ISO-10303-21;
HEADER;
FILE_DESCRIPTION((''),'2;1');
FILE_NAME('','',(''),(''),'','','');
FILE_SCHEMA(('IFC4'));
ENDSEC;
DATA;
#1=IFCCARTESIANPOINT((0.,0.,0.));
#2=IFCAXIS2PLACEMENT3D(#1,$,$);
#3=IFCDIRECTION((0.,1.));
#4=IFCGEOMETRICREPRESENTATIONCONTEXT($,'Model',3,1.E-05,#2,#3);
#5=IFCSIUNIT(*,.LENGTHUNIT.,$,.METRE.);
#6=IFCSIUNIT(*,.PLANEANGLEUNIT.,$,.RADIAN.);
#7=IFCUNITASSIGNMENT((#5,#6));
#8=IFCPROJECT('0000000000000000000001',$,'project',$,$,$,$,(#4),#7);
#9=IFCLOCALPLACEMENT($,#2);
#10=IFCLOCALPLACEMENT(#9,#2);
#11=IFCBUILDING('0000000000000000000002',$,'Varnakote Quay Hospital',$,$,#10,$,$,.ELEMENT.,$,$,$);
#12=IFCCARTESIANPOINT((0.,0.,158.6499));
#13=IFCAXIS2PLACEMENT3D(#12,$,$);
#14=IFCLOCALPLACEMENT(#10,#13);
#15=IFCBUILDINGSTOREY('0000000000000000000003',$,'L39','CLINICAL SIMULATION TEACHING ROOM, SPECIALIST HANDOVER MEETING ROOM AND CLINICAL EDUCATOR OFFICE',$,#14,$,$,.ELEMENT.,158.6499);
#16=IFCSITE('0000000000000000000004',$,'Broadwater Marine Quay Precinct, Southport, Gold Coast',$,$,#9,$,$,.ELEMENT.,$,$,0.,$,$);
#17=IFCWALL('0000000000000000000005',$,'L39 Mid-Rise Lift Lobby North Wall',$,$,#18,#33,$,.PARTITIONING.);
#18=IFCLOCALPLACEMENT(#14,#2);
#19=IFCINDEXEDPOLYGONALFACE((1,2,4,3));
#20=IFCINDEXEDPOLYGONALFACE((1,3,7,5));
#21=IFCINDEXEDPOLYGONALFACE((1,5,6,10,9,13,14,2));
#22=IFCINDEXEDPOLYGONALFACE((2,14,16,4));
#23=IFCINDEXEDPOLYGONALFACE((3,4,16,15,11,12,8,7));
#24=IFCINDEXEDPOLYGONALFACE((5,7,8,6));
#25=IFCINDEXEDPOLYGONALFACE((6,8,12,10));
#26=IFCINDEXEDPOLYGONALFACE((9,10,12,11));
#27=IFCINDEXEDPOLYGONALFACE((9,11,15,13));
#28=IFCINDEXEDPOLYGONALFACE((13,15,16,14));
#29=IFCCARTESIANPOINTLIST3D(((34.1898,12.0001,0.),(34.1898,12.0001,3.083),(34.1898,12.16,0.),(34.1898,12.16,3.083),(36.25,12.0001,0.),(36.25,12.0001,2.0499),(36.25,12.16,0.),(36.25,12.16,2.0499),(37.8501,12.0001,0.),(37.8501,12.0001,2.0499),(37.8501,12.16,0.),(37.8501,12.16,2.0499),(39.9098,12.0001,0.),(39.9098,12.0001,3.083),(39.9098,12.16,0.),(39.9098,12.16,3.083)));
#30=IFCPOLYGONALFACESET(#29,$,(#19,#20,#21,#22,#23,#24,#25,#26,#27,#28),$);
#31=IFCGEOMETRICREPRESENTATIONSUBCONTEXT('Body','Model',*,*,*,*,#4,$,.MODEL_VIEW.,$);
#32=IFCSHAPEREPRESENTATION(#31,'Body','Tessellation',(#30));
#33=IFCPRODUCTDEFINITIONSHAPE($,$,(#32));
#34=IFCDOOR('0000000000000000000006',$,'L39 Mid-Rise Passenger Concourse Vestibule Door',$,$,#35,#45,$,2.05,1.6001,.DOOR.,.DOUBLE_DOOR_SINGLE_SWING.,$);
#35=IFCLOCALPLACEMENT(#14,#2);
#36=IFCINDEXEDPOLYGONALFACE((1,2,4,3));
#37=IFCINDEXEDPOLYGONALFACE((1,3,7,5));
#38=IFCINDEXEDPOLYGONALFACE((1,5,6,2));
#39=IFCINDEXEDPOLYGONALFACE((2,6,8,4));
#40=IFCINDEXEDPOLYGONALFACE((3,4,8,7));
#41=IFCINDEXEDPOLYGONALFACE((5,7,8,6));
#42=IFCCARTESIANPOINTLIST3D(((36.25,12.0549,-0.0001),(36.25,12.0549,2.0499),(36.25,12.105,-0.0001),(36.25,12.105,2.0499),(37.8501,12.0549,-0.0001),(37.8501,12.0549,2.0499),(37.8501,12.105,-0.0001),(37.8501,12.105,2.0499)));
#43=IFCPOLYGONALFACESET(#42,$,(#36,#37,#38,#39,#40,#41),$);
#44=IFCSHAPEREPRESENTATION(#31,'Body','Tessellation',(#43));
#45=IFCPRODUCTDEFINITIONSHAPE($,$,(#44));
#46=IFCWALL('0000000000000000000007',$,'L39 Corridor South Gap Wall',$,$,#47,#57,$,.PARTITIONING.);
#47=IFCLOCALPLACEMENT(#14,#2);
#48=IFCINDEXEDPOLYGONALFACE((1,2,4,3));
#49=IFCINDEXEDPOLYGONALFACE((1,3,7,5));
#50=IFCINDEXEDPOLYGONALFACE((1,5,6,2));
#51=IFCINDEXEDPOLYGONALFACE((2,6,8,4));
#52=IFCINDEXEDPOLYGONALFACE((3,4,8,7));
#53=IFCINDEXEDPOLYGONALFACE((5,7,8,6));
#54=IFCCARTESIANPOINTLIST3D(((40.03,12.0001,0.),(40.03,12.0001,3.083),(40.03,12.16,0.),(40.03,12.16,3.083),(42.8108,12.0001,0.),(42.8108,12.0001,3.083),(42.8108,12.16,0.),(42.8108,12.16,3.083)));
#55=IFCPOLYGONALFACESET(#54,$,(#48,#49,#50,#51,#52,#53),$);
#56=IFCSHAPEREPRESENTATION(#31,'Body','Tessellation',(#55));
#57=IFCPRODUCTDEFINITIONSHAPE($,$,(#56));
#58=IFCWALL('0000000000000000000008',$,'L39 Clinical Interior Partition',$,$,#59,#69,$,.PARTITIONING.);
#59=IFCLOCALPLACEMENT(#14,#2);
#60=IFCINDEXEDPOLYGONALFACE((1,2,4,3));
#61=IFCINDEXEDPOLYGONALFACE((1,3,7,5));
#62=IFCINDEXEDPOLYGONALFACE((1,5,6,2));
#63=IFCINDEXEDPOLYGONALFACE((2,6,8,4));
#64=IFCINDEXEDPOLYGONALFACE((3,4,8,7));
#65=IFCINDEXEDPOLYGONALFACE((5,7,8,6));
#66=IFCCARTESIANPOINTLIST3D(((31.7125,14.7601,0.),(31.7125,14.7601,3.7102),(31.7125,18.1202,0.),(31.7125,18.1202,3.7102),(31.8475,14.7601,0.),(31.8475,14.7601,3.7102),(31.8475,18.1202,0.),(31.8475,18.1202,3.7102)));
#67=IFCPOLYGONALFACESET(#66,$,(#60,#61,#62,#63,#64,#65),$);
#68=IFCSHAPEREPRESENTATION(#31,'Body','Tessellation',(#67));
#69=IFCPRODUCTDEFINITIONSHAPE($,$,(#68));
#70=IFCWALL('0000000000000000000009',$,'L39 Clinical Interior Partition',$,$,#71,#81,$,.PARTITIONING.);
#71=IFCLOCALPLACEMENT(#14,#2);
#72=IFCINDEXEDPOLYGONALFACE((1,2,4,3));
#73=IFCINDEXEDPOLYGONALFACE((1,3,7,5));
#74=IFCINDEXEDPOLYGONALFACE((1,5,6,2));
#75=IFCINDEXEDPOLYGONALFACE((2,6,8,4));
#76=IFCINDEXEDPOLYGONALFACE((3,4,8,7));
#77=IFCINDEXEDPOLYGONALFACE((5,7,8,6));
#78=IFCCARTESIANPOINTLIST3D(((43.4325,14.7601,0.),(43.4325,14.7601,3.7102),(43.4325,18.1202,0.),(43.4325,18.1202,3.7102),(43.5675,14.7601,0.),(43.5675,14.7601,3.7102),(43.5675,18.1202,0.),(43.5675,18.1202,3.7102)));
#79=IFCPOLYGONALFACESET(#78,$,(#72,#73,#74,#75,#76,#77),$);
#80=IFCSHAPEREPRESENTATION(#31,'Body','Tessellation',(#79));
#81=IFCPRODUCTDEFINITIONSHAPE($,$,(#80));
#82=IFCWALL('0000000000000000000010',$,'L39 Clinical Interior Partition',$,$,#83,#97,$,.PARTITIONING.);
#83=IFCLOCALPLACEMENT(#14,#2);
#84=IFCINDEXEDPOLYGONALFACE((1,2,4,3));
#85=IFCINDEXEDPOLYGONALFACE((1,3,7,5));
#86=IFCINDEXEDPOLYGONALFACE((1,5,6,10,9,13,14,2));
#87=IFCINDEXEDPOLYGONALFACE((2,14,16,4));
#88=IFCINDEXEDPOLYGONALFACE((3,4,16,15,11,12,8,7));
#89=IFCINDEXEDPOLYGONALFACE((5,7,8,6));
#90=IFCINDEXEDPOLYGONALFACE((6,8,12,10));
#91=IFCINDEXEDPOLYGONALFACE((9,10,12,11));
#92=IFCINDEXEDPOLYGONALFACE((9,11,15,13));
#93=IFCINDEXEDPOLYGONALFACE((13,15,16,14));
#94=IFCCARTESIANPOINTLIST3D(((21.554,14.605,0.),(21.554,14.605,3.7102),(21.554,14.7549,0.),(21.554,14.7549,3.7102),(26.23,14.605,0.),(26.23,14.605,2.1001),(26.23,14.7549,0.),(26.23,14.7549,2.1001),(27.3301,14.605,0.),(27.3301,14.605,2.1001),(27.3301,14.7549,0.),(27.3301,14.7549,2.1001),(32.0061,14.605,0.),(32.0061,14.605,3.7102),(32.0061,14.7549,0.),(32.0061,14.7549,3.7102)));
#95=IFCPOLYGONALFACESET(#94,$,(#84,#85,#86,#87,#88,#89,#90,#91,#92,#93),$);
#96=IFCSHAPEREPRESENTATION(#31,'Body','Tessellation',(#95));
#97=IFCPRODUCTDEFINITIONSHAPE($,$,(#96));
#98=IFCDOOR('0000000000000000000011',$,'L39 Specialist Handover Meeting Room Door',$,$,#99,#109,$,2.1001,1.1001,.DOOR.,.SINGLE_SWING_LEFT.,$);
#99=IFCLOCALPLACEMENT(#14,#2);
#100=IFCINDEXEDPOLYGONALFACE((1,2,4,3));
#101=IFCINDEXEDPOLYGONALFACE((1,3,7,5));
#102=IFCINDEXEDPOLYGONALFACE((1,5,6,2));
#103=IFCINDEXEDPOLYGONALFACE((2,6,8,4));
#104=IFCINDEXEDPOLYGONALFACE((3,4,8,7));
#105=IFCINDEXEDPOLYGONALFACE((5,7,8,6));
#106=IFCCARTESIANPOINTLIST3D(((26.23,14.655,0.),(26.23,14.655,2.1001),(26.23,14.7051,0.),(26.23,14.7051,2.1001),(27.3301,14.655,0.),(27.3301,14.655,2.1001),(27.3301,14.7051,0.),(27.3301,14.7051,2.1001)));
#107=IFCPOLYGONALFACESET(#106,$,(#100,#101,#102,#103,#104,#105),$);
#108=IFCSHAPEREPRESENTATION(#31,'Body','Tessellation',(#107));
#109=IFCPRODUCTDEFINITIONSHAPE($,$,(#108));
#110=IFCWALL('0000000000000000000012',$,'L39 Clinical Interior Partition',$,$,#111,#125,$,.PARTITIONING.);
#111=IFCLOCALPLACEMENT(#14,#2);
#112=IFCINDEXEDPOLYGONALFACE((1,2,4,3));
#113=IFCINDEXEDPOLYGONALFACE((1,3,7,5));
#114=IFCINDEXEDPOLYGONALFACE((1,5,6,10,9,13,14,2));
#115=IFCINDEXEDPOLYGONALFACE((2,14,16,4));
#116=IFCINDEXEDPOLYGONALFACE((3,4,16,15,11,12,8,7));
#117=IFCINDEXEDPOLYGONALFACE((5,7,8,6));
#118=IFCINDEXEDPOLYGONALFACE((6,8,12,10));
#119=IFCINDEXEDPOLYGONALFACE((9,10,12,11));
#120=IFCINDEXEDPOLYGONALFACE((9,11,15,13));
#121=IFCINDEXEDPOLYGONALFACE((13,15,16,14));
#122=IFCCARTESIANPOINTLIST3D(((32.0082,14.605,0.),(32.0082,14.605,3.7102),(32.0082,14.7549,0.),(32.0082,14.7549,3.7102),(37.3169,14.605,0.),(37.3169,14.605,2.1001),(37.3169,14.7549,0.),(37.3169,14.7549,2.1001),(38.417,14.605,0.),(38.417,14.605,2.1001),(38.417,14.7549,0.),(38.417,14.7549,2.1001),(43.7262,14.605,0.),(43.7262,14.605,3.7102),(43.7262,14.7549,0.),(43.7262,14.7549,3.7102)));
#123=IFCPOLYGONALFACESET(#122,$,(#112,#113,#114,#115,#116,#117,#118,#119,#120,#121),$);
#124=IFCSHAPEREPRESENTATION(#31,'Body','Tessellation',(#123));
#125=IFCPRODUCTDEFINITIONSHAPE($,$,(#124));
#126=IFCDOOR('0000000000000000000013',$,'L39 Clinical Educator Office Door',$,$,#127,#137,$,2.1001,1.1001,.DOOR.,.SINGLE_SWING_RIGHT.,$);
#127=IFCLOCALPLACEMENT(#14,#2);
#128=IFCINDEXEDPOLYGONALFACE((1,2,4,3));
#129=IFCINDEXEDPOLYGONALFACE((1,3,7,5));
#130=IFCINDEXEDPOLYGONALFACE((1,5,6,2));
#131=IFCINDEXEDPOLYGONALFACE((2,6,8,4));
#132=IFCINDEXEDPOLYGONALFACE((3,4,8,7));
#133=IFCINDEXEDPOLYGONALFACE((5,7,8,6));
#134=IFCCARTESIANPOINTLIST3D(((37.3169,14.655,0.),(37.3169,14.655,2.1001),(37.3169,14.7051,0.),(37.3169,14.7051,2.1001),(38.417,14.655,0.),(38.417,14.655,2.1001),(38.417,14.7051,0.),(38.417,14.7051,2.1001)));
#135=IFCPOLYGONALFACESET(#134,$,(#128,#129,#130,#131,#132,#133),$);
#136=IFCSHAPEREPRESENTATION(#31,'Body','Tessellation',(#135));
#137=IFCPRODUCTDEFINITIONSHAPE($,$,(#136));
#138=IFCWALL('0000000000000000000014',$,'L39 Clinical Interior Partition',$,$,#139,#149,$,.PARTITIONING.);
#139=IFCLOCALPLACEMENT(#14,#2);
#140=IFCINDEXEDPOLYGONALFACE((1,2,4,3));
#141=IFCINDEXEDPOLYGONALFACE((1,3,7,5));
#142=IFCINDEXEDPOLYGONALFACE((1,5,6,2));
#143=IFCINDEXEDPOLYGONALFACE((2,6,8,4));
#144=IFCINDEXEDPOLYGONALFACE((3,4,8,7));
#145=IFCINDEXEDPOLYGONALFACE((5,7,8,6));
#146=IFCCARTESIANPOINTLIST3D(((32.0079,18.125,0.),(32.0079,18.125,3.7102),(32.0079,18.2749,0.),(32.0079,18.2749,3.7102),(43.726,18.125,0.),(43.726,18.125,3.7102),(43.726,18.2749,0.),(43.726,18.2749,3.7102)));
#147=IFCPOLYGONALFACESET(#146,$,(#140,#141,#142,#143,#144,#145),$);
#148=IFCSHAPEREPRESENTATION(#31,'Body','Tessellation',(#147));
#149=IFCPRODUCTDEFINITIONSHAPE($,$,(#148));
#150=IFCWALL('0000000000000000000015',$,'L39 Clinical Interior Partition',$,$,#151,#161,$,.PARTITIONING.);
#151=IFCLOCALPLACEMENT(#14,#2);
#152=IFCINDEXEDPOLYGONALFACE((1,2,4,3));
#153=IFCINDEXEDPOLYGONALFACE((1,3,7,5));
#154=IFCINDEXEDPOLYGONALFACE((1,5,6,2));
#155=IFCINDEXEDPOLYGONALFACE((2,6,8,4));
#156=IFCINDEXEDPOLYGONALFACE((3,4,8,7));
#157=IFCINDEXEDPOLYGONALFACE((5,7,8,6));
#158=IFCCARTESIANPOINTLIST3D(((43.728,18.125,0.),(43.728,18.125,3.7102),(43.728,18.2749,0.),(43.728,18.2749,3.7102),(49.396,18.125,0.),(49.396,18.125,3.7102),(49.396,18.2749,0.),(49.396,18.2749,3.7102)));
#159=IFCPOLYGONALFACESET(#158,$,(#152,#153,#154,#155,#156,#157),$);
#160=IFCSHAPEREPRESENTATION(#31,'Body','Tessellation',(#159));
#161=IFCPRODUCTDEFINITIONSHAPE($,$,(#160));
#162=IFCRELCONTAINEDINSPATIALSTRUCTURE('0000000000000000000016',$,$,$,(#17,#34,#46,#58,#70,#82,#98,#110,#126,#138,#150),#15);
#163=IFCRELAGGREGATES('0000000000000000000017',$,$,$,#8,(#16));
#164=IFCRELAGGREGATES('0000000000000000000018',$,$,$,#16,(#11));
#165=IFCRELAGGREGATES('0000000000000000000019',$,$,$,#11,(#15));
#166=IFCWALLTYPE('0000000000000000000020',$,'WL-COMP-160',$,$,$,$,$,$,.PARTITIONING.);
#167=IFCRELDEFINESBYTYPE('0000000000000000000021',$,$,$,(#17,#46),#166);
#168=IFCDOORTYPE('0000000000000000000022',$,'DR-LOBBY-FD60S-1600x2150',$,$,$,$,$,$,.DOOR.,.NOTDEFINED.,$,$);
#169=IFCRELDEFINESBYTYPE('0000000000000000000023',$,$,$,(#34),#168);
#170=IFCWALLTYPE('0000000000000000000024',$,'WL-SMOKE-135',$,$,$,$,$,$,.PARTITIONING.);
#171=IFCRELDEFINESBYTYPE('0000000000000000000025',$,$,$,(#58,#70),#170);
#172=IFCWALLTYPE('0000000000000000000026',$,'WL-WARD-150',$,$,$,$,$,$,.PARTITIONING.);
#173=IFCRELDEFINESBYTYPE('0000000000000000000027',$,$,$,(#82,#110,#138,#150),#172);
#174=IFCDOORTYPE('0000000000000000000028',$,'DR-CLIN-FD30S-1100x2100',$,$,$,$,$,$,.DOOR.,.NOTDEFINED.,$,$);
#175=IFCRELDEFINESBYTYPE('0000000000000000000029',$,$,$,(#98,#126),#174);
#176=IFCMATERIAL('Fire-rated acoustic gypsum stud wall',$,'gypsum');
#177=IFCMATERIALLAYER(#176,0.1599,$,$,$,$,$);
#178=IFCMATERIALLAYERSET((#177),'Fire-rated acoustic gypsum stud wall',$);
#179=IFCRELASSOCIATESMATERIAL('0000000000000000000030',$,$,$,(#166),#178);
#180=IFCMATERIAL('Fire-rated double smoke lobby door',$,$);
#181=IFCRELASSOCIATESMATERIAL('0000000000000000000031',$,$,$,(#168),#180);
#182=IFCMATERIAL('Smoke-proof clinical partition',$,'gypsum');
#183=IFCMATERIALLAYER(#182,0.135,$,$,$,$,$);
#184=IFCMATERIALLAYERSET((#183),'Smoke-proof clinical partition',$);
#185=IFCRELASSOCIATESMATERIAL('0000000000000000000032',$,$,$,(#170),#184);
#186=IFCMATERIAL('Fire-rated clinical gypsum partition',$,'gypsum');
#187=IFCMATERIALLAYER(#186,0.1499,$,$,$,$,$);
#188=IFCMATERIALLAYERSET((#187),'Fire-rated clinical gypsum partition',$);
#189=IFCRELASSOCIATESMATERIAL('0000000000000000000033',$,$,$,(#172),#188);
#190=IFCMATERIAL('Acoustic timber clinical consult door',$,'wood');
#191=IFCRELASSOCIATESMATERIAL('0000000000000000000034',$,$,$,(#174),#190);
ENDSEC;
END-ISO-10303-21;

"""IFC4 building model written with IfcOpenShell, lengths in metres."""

from ifc_helpers import new_model, si_unit, direction, frame, frame_2d, origin, place, context, subcontext, project, spatial, rectangle, extrude, material, layer, layer_set, type_object, element, fill, save


model = new_model("IFC4")

# Units and contexts
model_context = context("Model", 3, precision=1e-05, world=origin(), true_north=direction((0.0, 1.0)))
body_context = subcontext(model_context, "Body", "Model", "MODEL_VIEW")
ifc_project = project(units=[si_unit("LENGTHUNIT", "METRE"), si_unit("PLANEANGLEUNIT", "RADIAN")], contexts=[model_context])

# Site, building, storey
site_placement = place(None, origin())
site = spatial("IfcSite", under=ifc_project, at=site_placement, Name="Broadwater Marine Quay Precinct, Southport, Gold Coast", CompositionType="ELEMENT", RefElevation=0.0)
building_placement = place(site_placement, origin())
building = spatial("IfcBuilding", under=site, at=building_placement, Name="Varnakote Quay Hospital", CompositionType="ELEMENT")
storey_placement = place(building_placement, frame((0.0, 0.0, 158.6499)))
storey = spatial("IfcBuildingStorey", under=building, at=storey_placement, Name="L39", Description="CLINICAL SIMULATION TEACHING ROOM, SPECIALIST HANDOVER MEETING ROOM AND CLINICAL EDUCATOR OFFICE", CompositionType="ELEMENT", Elevation=158.6499)

# Wall, opening, door
ifc_material_1 = material(Name="Fire-rated acoustic gypsum stud wall", Category="gypsum")
ifc_layer_1 = layer(ifc_material_1, 0.1599)
ifc_layer_set_1 = layer_set([ifc_layer_1], Name="Fire-rated acoustic gypsum stud wall")
wall_type_1 = type_object("IfcWallType", Name="WL-COMP-160", PredefinedType="PARTITIONING", material=ifc_layer_set_1)
wall_1_placement = place(storey_placement, frame((34.1899, 12.0801, 0.0), z_axis=(0.0, 0.0, 1.0), x_axis=(1.0, 0.0, 0.0)))
wall_1 = element("IfcWall", 1, at=wall_1_placement, inside=storey, type_object=wall_type_1, Name="L39 Mid-Rise Lift Lobby North Wall", PredefinedType="PARTITIONING", context=body_context, shape_type="SweptSolid", body=[
    extrude(rectangle(XDim=5.72, YDim=0.1599, at=frame_2d((2.8599, 0.0))), origin(), (0.0, 0.0, 1.0), 3.083),
])
opening_1_placement = place(wall_1_placement, frame((2.0601, 0.0, 0.0)))
opening_1 = element("IfcOpeningElement", 2, at=opening_1_placement, cuts=wall_1, PredefinedType="OPENING", context=body_context, shape_type="SweptSolid", body=[
    extrude(rectangle(XDim=1.6001, YDim=2.05, at=frame_2d((0.8, 1.0249))), frame((0.0, 0.0898, 0.0), z_axis=(0.0, -1.0, 0.0), x_axis=(1.0, 0.0, 0.0)), (0.0, 0.0, 1.0), 0.1799),
])
ifc_material_2 = material(Name="Fire-rated double smoke lobby door")
door_type_1 = type_object("IfcDoorType", Name="DR-LOBBY-FD60S-1600x2150", OperationType="NOTDEFINED", PredefinedType="DOOR", material=ifc_material_2)
door_1_placement = place(opening_1_placement, origin())
door_1 = element("IfcDoor", 3, at=door_1_placement, inside=storey, type_object=door_type_1, Name="L39 Mid-Rise Passenger Concourse Vestibule Door", OperationType="DOUBLE_DOOR_SINGLE_SWING", OverallHeight=2.05, OverallWidth=1.6001, PredefinedType="DOOR", context=body_context, shape_type="SweptSolid", body=[
    extrude(rectangle(XDim=1.6001, YDim=2.05, at=frame_2d((0.8, 1.0249))), frame((0.0, 0.0249, 0.0), z_axis=(0.0, -1.0, 0.0), x_axis=(1.0, 0.0, 0.0)), (0.0, 0.0, 1.0), 0.05),
])
fill(opening_1, door_1)

# Wall
wall_2_placement = place(storey_placement, frame((40.03, 12.0801, 0.0), z_axis=(0.0, 0.0, 1.0), x_axis=(1.0, 0.0, 0.0)))
element("IfcWall", 4, at=wall_2_placement, inside=storey, type_object=wall_type_1, Name="L39 Corridor South Gap Wall", PredefinedType="PARTITIONING", context=body_context, shape_type="SweptSolid", body=[
    extrude(rectangle(XDim=2.7808, YDim=0.1599, at=frame_2d((1.3904, 0.0))), origin(), (0.0, 0.0, 1.0), 3.083),
])

# Walls
ifc_material_3 = material(Name="Smoke-proof clinical partition", Category="gypsum")
ifc_layer_2 = layer(ifc_material_3, 0.135)
ifc_layer_set_2 = layer_set([ifc_layer_2], Name="Smoke-proof clinical partition")
wall_type_2 = type_object("IfcWallType", Name="WL-SMOKE-135", PredefinedType="PARTITIONING", material=ifc_layer_set_2)
for number, where, z_axis, x_axis, name in (
    (5, (31.78, 14.76, 0.0), (0.0, 0.0, 1.0), (0.0, 1.0, 0.0), "L39 Clinical Interior Partition"),
    (6, (43.5, 14.76, 0.0), (0.0, 0.0, 1.0), (0.0, 1.0, 0.0), "L39 Clinical Interior Partition"),
):
    element("IfcWall", number, at=place(storey_placement, frame(where, z_axis=z_axis, x_axis=x_axis)), inside=storey, type_object=wall_type_2, Name=name, PredefinedType="PARTITIONING", context=body_context, shape_type="SweptSolid", body=[
        extrude(rectangle(XDim=3.3601, YDim=0.135, at=frame_2d((1.6802, 0.0))), origin(), (0.0, 0.0, 1.0), 3.7102),
    ])

# Walls, openings, doors
ifc_material_4 = material(Name="Fire-rated clinical gypsum partition", Category="gypsum")
ifc_layer_3 = layer(ifc_material_4, 0.1499)
ifc_layer_set_3 = layer_set([ifc_layer_3], Name="Fire-rated clinical gypsum partition")
wall_type_3 = type_object("IfcWallType", Name="WL-WARD-150", PredefinedType="PARTITIONING", material=ifc_layer_set_3)
wall_3_placement = place(storey_placement, frame((32.0061, 14.6799, 0.0), z_axis=(0.0, 0.0, 1.0), x_axis=(-1.0, 0.0, 0.0)))
wall_3 = element("IfcWall", 7, at=wall_3_placement, inside=storey, type_object=wall_type_3, Name="L39 Clinical Interior Partition", PredefinedType="PARTITIONING", context=body_context, shape_type="SweptSolid", body=[
    extrude(rectangle(XDim=10.4521, YDim=0.1499, at=frame_2d((5.2261, 0.0))), origin(), (0.0, 0.0, 1.0), 3.7102),
])
opening_2_placement = place(wall_3_placement, frame((4.676, 0.0, 0.0)))
opening_2 = element("IfcOpeningElement", 8, at=opening_2_placement, cuts=wall_3, PredefinedType="OPENING", context=body_context, shape_type="SweptSolid", body=[
    extrude(rectangle(XDim=1.1001, YDim=2.1001, at=frame_2d((0.55, 1.05))), frame((0.0, 0.085, 0.0), z_axis=(0.0, -1.0, 0.0), x_axis=(1.0, 0.0, 0.0)), (0.0, 0.0, 1.0), 0.1699),
])
ifc_material_5 = material(Name="Acoustic timber clinical consult door", Category="wood")
door_type_2 = type_object("IfcDoorType", Name="DR-CLIN-FD30S-1100x2100", OperationType="NOTDEFINED", PredefinedType="DOOR", material=ifc_material_5)
door_2_placement = place(opening_2_placement, origin())
door_2 = element("IfcDoor", 9, at=door_2_placement, inside=storey, type_object=door_type_2, Name="L39 Specialist Handover Meeting Room Door", OperationType="SINGLE_SWING_LEFT", OverallHeight=2.1001, OverallWidth=1.1001, PredefinedType="DOOR", context=body_context, shape_type="SweptSolid", body=[
    extrude(rectangle(XDim=1.1001, YDim=2.1001, at=frame_2d((0.55, 1.05))), frame((0.0, 0.0249, 0.0), z_axis=(0.0, -1.0, 0.0), x_axis=(1.0, 0.0, 0.0)), (0.0, 0.0, 1.0), 0.05),
])
fill(opening_2, door_2)
wall_4_placement = place(storey_placement, frame((43.7261, 14.6799, 0.0), z_axis=(0.0, 0.0, 1.0), x_axis=(-1.0, 0.0, 0.0)))
wall_4 = element("IfcWall", 10, at=wall_4_placement, inside=storey, type_object=wall_type_3, Name="L39 Clinical Interior Partition", PredefinedType="PARTITIONING", context=body_context, shape_type="SweptSolid", body=[
    extrude(rectangle(XDim=11.718, YDim=0.1499, at=frame_2d((5.8589, 0.0))), origin(), (0.0, 0.0, 1.0), 3.7102),
])
opening_3_placement = place(wall_4_placement, frame((5.3091, 0.0, 0.0)))
opening_3 = element("IfcOpeningElement", 11, at=opening_3_placement, cuts=wall_4, PredefinedType="OPENING", context=body_context, shape_type="SweptSolid", body=[
    extrude(rectangle(XDim=1.1001, YDim=2.1001, at=frame_2d((0.55, 1.05))), frame((0.0, 0.085, 0.0), z_axis=(0.0, -1.0, 0.0), x_axis=(1.0, 0.0, 0.0)), (0.0, 0.0, 1.0), 0.1699),
])
door_3_placement = place(opening_3_placement, origin())
door_3 = element("IfcDoor", 12, at=door_3_placement, inside=storey, type_object=door_type_2, Name="L39 Clinical Educator Office Door", OperationType="SINGLE_SWING_RIGHT", OverallHeight=2.1001, OverallWidth=1.1001, PredefinedType="DOOR", context=body_context, shape_type="SweptSolid", body=[
    extrude(rectangle(XDim=1.1001, YDim=2.1001, at=frame_2d((0.55, 1.05))), frame((0.0, 0.0249, 0.0), z_axis=(0.0, -1.0, 0.0), x_axis=(1.0, 0.0, 0.0)), (0.0, 0.0, 1.0), 0.05),
])
fill(opening_3, door_3)

# Walls
wall_5_placement = place(storey_placement, frame((32.0081, 18.2, 0.0), z_axis=(0.0, 0.0, 1.0), x_axis=(1.0, 0.0, 0.0)))
element("IfcWall", 13, at=wall_5_placement, inside=storey, type_object=wall_type_3, Name="L39 Clinical Interior Partition", PredefinedType="PARTITIONING", context=body_context, shape_type="SweptSolid", body=[
    extrude(rectangle(XDim=11.718, YDim=0.1499, at=frame_2d((5.8589, 0.0))), origin(), (0.0, 0.0, 1.0), 3.7102),
])
wall_6_placement = place(storey_placement, frame((43.728, 18.2, 0.0), z_axis=(0.0, 0.0, 1.0), x_axis=(1.0, 0.0, 0.0)))
element("IfcWall", 14, at=wall_6_placement, inside=storey, type_object=wall_type_3, Name="L39 Clinical Interior Partition", PredefinedType="PARTITIONING", context=body_context, shape_type="SweptSolid", body=[
    extrude(rectangle(XDim=5.668, YDim=0.1499, at=frame_2d((2.834, 0.0))), origin(), (0.0, 0.0, 1.0), 3.7102),
])

save(model, "model.ifc")
